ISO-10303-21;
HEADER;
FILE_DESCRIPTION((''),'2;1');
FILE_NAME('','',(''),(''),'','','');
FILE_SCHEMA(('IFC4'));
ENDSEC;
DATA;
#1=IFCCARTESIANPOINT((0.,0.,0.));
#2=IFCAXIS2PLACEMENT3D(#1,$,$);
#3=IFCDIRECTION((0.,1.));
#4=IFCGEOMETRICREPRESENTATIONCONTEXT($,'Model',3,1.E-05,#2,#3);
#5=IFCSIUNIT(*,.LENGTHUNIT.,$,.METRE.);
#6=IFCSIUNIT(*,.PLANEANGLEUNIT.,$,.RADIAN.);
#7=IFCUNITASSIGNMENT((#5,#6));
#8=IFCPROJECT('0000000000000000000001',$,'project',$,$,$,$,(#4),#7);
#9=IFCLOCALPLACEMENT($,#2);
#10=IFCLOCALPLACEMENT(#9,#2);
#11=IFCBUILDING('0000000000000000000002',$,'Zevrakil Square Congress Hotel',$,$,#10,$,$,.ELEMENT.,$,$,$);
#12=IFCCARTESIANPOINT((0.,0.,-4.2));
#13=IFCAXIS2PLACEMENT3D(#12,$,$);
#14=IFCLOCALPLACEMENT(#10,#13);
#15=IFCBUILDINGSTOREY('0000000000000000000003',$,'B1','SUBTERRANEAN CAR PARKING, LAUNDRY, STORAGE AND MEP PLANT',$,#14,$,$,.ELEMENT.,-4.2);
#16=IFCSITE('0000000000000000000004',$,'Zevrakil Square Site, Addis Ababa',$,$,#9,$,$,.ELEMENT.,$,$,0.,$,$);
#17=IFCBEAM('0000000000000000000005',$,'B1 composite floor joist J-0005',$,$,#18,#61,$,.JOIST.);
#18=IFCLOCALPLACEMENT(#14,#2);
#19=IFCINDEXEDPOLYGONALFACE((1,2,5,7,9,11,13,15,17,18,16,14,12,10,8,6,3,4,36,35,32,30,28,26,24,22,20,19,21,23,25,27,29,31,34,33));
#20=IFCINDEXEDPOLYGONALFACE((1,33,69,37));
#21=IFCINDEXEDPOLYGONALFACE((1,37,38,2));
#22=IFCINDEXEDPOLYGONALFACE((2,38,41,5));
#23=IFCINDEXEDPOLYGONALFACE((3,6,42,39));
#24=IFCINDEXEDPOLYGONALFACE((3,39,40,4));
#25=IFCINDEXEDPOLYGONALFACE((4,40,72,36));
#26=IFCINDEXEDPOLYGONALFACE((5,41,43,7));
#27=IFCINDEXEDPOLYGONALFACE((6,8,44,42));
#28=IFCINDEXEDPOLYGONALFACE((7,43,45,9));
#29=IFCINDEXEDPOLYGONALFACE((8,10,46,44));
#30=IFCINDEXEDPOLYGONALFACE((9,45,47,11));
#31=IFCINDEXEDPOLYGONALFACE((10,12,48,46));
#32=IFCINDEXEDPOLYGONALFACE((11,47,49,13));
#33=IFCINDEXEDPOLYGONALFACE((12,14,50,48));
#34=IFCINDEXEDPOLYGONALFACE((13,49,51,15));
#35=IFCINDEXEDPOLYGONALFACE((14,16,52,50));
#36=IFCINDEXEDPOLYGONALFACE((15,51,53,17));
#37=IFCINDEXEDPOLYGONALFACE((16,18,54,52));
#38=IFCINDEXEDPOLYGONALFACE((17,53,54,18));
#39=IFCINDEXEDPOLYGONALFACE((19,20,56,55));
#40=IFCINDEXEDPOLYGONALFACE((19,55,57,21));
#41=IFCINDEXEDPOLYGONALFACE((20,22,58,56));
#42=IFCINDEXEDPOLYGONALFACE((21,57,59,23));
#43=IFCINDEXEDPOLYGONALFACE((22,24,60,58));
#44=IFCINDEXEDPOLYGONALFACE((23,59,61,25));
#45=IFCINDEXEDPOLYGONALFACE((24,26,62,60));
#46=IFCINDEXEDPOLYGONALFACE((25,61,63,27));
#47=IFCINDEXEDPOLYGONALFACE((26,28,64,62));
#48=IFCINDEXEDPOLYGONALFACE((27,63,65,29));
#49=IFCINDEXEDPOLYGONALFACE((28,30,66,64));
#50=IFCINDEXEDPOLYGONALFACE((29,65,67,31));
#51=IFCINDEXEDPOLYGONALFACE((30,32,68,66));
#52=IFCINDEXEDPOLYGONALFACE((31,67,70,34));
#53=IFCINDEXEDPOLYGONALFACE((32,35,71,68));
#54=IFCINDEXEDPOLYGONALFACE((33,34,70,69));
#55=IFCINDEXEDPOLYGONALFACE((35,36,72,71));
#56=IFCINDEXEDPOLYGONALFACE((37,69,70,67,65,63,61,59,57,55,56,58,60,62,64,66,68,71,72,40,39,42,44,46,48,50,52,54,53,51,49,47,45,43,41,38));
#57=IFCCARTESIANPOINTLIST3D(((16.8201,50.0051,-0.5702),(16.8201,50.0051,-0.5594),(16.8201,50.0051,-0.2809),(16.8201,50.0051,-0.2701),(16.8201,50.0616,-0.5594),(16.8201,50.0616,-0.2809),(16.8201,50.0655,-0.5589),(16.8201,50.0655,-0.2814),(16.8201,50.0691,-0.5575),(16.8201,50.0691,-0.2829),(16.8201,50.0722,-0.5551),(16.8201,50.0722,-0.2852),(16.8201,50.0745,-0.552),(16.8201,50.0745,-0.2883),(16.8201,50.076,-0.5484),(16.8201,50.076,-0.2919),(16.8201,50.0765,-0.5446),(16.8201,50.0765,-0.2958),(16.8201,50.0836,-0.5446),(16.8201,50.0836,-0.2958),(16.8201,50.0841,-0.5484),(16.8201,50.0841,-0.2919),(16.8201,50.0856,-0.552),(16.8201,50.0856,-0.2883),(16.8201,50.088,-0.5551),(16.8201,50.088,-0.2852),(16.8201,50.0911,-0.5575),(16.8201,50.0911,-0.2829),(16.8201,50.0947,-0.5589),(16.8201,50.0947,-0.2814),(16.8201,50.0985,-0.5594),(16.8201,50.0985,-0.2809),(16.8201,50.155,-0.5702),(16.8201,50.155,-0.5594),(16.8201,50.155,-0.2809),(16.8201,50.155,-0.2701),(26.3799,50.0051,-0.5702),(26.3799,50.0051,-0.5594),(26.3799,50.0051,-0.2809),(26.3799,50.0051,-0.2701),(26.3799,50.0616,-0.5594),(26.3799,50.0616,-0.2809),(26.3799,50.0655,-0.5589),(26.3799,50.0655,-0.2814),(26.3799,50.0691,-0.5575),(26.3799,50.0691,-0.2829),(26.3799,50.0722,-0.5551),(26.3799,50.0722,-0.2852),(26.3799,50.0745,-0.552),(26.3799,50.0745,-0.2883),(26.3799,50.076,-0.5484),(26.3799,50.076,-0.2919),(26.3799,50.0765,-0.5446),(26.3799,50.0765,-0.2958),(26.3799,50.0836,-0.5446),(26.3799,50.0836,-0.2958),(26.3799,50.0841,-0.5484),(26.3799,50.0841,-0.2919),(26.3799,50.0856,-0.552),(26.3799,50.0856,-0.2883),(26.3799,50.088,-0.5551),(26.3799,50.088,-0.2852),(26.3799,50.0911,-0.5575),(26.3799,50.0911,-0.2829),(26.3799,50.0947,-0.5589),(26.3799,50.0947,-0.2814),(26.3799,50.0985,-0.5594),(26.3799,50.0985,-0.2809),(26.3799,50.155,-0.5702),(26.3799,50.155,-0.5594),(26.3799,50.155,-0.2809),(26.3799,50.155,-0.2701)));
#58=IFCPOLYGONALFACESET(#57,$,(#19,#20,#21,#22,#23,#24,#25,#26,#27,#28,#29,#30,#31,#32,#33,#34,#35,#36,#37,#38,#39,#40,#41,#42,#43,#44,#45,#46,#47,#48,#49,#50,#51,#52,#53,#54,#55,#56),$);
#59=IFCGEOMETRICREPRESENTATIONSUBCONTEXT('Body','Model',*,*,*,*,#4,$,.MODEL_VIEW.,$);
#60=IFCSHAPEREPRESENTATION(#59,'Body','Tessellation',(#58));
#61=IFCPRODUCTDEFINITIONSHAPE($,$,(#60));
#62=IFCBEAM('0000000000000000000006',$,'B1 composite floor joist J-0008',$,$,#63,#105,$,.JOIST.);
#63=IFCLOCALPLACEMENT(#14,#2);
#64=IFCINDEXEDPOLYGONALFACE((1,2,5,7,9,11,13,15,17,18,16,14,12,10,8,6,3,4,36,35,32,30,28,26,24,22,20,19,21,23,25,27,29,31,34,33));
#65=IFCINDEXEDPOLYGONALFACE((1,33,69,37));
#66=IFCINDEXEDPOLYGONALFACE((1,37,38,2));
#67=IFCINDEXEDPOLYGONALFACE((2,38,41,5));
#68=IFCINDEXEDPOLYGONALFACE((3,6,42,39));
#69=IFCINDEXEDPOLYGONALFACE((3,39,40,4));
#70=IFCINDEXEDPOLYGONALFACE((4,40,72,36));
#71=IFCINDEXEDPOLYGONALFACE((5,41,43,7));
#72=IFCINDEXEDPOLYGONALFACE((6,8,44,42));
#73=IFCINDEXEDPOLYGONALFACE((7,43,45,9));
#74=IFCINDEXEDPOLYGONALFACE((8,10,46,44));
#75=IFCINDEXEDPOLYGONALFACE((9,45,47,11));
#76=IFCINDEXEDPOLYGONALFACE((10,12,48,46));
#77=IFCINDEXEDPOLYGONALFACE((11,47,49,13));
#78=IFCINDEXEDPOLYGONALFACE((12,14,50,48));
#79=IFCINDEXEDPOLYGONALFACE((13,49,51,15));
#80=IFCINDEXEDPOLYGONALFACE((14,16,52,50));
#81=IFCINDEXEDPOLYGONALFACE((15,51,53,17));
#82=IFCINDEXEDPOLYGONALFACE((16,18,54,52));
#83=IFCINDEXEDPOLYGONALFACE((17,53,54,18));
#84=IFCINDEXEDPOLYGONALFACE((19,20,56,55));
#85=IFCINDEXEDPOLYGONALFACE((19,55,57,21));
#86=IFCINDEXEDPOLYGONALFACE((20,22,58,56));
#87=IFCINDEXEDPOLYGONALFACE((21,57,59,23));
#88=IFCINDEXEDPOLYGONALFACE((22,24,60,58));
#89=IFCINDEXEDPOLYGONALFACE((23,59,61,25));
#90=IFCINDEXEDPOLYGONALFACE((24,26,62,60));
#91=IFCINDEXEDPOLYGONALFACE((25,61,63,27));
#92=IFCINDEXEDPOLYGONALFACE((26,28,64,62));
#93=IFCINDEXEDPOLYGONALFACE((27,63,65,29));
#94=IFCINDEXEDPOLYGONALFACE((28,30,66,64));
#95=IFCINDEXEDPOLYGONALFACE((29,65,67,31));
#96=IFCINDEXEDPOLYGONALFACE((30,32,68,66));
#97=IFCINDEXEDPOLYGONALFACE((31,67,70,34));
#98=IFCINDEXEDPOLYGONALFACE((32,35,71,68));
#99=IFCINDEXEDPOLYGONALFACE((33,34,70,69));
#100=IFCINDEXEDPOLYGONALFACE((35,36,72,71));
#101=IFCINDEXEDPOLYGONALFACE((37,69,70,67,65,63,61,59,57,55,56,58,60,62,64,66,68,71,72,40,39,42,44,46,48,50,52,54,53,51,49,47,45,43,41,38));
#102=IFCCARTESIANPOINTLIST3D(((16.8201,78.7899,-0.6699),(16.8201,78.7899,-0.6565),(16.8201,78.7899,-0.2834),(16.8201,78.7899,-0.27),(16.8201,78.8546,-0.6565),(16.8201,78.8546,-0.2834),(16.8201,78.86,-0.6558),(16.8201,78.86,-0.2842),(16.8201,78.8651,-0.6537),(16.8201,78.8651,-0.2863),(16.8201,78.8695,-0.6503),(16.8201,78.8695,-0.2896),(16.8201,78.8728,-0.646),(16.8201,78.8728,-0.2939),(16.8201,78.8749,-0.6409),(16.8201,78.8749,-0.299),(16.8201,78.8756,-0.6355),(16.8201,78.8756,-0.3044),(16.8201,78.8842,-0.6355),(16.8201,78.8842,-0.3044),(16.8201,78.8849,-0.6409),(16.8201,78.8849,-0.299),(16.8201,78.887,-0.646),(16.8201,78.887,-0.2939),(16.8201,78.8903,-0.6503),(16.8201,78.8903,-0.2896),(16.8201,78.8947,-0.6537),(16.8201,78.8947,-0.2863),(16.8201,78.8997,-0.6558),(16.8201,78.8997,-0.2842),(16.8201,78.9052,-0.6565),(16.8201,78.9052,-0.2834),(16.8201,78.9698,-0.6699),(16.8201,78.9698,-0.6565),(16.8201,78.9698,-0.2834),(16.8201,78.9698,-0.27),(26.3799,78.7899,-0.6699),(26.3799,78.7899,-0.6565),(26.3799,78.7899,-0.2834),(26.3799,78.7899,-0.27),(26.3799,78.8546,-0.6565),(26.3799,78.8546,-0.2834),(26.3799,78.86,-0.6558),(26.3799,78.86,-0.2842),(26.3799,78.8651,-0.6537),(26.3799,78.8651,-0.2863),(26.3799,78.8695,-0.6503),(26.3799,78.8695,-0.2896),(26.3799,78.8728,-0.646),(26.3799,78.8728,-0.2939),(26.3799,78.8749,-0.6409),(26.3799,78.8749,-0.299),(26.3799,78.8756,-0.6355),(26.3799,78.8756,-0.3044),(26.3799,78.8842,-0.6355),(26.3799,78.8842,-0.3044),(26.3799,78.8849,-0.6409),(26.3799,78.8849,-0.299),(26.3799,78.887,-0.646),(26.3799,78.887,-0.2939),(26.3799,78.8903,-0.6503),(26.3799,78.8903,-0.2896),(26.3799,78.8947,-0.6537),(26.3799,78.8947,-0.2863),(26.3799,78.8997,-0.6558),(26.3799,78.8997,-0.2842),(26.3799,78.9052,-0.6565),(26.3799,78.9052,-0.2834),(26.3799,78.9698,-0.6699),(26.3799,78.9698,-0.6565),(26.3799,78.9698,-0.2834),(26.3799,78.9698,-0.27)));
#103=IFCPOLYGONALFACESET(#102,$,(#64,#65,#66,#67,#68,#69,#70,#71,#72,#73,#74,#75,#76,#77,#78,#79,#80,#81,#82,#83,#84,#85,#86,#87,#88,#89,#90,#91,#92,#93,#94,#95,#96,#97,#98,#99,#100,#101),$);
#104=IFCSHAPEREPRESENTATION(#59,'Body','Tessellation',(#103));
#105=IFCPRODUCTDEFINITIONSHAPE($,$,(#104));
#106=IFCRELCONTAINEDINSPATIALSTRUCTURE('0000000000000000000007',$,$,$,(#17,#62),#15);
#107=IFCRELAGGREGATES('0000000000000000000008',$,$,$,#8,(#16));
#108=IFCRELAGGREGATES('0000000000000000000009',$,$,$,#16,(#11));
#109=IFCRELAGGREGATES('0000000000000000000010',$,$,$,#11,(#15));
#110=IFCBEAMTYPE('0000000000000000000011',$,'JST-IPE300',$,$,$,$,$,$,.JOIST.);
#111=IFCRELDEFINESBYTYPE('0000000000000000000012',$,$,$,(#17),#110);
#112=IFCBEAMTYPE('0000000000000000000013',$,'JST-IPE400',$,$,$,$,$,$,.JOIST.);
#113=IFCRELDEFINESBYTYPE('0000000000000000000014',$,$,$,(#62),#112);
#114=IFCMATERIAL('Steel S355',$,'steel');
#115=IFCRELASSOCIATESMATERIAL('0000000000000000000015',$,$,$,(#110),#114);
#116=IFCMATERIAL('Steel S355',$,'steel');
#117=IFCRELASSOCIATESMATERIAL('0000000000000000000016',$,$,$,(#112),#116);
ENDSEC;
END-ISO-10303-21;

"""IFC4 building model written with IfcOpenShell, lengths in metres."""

from ifc_helpers import new_model, si_unit, direction, frame, origin, origin_2d, place, context, subcontext, project, spatial, i_section, extrude, material, material_profile, profile_set, type_object, element, save


model = new_model("IFC4")

# Units and contexts
model_context = context("Model", 3, precision=1e-05, world=origin(), true_north=direction((0.0, 1.0)))
body_context = subcontext(model_context, "Body", "Model", "MODEL_VIEW")
ifc_project = project(units=[si_unit("LENGTHUNIT", "METRE"), si_unit("PLANEANGLEUNIT", "RADIAN")], contexts=[model_context])

# Site, building, storey
site_placement = place(None, origin())
site = spatial("IfcSite", under=ifc_project, at=site_placement, Name="Zevrakil Square Site, Addis Ababa", CompositionType="ELEMENT", RefElevation=0.0)
building_placement = place(site_placement, origin())
building = spatial("IfcBuilding", under=site, at=building_placement, Name="Zevrakil Square Congress Hotel", CompositionType="ELEMENT")
storey_placement = place(building_placement, frame((0.0, 0.0, -4.2)))
storey = spatial("IfcBuildingStorey", under=building, at=storey_placement, Name="B1", Description="SUBTERRANEAN CAR PARKING, LAUNDRY, STORAGE AND MEP PLANT", CompositionType="ELEMENT", Elevation=-4.2)

# Beams
ifc_material_1 = material(Name="Steel S355", Category="steel")
ifc_material_profile_1 = material_profile(ifc_material_1, i_section(OverallWidth=0.1499, OverallDepth=0.3, WebThickness=0.0071, FlangeThickness=0.0107, FilletRadius=0.0149, at=origin_2d()), Name="IPE 300")
ifc_profile_set_1 = profile_set([ifc_material_profile_1], Name="Steel S355")
beam_type_1 = type_object("IfcBeamType", Name="JST-IPE300", PredefinedType="JOIST", material=ifc_profile_set_1)
beam_1_placement = place(storey_placement, frame((16.8201, 50.0801, -0.4202), z_axis=(1.0, 0.0, 0.0), x_axis=(0.0, 1.0, 0.0)))
element("IfcBeam", 1, at=beam_1_placement, inside=storey, type_object=beam_type_1, Name="B1 composite floor joist J-0005", PredefinedType="JOIST", context=body_context, shape_type="SweptSolid", body=[
    extrude(i_section(OverallWidth=0.1499, OverallDepth=0.3, WebThickness=0.0071, FlangeThickness=0.0107, FilletRadius=0.0149, at=origin_2d()), origin(), (0.0, 0.0, 1.0), 9.5598),
])
ifc_material_2 = material(Name="Steel S355", Category="steel")
ifc_material_profile_2 = material_profile(ifc_material_2, i_section(OverallWidth=0.1799, OverallDepth=0.3999, WebThickness=0.0085, FlangeThickness=0.0134, FilletRadius=0.021, at=origin_2d()), Name="IPE 400")
ifc_profile_set_2 = profile_set([ifc_material_profile_2], Name="Steel S355")
beam_type_2 = type_object("IfcBeamType", Name="JST-IPE400", PredefinedType="JOIST", material=ifc_profile_set_2)
beam_2_placement = place(storey_placement, frame((16.8201, 78.8799, -0.47), z_axis=(1.0, 0.0, 0.0), x_axis=(0.0, 1.0, 0.0)))
element("IfcBeam", 2, at=beam_2_placement, inside=storey, type_object=beam_type_2, Name="B1 composite floor joist J-0008", PredefinedType="JOIST", context=body_context, shape_type="SweptSolid", body=[
    extrude(i_section(OverallWidth=0.1799, OverallDepth=0.3999, WebThickness=0.0085, FlangeThickness=0.0134, FilletRadius=0.021, at=origin_2d()), origin(), (0.0, 0.0, 1.0), 9.5598),
])

save(model, "model.ifc")
